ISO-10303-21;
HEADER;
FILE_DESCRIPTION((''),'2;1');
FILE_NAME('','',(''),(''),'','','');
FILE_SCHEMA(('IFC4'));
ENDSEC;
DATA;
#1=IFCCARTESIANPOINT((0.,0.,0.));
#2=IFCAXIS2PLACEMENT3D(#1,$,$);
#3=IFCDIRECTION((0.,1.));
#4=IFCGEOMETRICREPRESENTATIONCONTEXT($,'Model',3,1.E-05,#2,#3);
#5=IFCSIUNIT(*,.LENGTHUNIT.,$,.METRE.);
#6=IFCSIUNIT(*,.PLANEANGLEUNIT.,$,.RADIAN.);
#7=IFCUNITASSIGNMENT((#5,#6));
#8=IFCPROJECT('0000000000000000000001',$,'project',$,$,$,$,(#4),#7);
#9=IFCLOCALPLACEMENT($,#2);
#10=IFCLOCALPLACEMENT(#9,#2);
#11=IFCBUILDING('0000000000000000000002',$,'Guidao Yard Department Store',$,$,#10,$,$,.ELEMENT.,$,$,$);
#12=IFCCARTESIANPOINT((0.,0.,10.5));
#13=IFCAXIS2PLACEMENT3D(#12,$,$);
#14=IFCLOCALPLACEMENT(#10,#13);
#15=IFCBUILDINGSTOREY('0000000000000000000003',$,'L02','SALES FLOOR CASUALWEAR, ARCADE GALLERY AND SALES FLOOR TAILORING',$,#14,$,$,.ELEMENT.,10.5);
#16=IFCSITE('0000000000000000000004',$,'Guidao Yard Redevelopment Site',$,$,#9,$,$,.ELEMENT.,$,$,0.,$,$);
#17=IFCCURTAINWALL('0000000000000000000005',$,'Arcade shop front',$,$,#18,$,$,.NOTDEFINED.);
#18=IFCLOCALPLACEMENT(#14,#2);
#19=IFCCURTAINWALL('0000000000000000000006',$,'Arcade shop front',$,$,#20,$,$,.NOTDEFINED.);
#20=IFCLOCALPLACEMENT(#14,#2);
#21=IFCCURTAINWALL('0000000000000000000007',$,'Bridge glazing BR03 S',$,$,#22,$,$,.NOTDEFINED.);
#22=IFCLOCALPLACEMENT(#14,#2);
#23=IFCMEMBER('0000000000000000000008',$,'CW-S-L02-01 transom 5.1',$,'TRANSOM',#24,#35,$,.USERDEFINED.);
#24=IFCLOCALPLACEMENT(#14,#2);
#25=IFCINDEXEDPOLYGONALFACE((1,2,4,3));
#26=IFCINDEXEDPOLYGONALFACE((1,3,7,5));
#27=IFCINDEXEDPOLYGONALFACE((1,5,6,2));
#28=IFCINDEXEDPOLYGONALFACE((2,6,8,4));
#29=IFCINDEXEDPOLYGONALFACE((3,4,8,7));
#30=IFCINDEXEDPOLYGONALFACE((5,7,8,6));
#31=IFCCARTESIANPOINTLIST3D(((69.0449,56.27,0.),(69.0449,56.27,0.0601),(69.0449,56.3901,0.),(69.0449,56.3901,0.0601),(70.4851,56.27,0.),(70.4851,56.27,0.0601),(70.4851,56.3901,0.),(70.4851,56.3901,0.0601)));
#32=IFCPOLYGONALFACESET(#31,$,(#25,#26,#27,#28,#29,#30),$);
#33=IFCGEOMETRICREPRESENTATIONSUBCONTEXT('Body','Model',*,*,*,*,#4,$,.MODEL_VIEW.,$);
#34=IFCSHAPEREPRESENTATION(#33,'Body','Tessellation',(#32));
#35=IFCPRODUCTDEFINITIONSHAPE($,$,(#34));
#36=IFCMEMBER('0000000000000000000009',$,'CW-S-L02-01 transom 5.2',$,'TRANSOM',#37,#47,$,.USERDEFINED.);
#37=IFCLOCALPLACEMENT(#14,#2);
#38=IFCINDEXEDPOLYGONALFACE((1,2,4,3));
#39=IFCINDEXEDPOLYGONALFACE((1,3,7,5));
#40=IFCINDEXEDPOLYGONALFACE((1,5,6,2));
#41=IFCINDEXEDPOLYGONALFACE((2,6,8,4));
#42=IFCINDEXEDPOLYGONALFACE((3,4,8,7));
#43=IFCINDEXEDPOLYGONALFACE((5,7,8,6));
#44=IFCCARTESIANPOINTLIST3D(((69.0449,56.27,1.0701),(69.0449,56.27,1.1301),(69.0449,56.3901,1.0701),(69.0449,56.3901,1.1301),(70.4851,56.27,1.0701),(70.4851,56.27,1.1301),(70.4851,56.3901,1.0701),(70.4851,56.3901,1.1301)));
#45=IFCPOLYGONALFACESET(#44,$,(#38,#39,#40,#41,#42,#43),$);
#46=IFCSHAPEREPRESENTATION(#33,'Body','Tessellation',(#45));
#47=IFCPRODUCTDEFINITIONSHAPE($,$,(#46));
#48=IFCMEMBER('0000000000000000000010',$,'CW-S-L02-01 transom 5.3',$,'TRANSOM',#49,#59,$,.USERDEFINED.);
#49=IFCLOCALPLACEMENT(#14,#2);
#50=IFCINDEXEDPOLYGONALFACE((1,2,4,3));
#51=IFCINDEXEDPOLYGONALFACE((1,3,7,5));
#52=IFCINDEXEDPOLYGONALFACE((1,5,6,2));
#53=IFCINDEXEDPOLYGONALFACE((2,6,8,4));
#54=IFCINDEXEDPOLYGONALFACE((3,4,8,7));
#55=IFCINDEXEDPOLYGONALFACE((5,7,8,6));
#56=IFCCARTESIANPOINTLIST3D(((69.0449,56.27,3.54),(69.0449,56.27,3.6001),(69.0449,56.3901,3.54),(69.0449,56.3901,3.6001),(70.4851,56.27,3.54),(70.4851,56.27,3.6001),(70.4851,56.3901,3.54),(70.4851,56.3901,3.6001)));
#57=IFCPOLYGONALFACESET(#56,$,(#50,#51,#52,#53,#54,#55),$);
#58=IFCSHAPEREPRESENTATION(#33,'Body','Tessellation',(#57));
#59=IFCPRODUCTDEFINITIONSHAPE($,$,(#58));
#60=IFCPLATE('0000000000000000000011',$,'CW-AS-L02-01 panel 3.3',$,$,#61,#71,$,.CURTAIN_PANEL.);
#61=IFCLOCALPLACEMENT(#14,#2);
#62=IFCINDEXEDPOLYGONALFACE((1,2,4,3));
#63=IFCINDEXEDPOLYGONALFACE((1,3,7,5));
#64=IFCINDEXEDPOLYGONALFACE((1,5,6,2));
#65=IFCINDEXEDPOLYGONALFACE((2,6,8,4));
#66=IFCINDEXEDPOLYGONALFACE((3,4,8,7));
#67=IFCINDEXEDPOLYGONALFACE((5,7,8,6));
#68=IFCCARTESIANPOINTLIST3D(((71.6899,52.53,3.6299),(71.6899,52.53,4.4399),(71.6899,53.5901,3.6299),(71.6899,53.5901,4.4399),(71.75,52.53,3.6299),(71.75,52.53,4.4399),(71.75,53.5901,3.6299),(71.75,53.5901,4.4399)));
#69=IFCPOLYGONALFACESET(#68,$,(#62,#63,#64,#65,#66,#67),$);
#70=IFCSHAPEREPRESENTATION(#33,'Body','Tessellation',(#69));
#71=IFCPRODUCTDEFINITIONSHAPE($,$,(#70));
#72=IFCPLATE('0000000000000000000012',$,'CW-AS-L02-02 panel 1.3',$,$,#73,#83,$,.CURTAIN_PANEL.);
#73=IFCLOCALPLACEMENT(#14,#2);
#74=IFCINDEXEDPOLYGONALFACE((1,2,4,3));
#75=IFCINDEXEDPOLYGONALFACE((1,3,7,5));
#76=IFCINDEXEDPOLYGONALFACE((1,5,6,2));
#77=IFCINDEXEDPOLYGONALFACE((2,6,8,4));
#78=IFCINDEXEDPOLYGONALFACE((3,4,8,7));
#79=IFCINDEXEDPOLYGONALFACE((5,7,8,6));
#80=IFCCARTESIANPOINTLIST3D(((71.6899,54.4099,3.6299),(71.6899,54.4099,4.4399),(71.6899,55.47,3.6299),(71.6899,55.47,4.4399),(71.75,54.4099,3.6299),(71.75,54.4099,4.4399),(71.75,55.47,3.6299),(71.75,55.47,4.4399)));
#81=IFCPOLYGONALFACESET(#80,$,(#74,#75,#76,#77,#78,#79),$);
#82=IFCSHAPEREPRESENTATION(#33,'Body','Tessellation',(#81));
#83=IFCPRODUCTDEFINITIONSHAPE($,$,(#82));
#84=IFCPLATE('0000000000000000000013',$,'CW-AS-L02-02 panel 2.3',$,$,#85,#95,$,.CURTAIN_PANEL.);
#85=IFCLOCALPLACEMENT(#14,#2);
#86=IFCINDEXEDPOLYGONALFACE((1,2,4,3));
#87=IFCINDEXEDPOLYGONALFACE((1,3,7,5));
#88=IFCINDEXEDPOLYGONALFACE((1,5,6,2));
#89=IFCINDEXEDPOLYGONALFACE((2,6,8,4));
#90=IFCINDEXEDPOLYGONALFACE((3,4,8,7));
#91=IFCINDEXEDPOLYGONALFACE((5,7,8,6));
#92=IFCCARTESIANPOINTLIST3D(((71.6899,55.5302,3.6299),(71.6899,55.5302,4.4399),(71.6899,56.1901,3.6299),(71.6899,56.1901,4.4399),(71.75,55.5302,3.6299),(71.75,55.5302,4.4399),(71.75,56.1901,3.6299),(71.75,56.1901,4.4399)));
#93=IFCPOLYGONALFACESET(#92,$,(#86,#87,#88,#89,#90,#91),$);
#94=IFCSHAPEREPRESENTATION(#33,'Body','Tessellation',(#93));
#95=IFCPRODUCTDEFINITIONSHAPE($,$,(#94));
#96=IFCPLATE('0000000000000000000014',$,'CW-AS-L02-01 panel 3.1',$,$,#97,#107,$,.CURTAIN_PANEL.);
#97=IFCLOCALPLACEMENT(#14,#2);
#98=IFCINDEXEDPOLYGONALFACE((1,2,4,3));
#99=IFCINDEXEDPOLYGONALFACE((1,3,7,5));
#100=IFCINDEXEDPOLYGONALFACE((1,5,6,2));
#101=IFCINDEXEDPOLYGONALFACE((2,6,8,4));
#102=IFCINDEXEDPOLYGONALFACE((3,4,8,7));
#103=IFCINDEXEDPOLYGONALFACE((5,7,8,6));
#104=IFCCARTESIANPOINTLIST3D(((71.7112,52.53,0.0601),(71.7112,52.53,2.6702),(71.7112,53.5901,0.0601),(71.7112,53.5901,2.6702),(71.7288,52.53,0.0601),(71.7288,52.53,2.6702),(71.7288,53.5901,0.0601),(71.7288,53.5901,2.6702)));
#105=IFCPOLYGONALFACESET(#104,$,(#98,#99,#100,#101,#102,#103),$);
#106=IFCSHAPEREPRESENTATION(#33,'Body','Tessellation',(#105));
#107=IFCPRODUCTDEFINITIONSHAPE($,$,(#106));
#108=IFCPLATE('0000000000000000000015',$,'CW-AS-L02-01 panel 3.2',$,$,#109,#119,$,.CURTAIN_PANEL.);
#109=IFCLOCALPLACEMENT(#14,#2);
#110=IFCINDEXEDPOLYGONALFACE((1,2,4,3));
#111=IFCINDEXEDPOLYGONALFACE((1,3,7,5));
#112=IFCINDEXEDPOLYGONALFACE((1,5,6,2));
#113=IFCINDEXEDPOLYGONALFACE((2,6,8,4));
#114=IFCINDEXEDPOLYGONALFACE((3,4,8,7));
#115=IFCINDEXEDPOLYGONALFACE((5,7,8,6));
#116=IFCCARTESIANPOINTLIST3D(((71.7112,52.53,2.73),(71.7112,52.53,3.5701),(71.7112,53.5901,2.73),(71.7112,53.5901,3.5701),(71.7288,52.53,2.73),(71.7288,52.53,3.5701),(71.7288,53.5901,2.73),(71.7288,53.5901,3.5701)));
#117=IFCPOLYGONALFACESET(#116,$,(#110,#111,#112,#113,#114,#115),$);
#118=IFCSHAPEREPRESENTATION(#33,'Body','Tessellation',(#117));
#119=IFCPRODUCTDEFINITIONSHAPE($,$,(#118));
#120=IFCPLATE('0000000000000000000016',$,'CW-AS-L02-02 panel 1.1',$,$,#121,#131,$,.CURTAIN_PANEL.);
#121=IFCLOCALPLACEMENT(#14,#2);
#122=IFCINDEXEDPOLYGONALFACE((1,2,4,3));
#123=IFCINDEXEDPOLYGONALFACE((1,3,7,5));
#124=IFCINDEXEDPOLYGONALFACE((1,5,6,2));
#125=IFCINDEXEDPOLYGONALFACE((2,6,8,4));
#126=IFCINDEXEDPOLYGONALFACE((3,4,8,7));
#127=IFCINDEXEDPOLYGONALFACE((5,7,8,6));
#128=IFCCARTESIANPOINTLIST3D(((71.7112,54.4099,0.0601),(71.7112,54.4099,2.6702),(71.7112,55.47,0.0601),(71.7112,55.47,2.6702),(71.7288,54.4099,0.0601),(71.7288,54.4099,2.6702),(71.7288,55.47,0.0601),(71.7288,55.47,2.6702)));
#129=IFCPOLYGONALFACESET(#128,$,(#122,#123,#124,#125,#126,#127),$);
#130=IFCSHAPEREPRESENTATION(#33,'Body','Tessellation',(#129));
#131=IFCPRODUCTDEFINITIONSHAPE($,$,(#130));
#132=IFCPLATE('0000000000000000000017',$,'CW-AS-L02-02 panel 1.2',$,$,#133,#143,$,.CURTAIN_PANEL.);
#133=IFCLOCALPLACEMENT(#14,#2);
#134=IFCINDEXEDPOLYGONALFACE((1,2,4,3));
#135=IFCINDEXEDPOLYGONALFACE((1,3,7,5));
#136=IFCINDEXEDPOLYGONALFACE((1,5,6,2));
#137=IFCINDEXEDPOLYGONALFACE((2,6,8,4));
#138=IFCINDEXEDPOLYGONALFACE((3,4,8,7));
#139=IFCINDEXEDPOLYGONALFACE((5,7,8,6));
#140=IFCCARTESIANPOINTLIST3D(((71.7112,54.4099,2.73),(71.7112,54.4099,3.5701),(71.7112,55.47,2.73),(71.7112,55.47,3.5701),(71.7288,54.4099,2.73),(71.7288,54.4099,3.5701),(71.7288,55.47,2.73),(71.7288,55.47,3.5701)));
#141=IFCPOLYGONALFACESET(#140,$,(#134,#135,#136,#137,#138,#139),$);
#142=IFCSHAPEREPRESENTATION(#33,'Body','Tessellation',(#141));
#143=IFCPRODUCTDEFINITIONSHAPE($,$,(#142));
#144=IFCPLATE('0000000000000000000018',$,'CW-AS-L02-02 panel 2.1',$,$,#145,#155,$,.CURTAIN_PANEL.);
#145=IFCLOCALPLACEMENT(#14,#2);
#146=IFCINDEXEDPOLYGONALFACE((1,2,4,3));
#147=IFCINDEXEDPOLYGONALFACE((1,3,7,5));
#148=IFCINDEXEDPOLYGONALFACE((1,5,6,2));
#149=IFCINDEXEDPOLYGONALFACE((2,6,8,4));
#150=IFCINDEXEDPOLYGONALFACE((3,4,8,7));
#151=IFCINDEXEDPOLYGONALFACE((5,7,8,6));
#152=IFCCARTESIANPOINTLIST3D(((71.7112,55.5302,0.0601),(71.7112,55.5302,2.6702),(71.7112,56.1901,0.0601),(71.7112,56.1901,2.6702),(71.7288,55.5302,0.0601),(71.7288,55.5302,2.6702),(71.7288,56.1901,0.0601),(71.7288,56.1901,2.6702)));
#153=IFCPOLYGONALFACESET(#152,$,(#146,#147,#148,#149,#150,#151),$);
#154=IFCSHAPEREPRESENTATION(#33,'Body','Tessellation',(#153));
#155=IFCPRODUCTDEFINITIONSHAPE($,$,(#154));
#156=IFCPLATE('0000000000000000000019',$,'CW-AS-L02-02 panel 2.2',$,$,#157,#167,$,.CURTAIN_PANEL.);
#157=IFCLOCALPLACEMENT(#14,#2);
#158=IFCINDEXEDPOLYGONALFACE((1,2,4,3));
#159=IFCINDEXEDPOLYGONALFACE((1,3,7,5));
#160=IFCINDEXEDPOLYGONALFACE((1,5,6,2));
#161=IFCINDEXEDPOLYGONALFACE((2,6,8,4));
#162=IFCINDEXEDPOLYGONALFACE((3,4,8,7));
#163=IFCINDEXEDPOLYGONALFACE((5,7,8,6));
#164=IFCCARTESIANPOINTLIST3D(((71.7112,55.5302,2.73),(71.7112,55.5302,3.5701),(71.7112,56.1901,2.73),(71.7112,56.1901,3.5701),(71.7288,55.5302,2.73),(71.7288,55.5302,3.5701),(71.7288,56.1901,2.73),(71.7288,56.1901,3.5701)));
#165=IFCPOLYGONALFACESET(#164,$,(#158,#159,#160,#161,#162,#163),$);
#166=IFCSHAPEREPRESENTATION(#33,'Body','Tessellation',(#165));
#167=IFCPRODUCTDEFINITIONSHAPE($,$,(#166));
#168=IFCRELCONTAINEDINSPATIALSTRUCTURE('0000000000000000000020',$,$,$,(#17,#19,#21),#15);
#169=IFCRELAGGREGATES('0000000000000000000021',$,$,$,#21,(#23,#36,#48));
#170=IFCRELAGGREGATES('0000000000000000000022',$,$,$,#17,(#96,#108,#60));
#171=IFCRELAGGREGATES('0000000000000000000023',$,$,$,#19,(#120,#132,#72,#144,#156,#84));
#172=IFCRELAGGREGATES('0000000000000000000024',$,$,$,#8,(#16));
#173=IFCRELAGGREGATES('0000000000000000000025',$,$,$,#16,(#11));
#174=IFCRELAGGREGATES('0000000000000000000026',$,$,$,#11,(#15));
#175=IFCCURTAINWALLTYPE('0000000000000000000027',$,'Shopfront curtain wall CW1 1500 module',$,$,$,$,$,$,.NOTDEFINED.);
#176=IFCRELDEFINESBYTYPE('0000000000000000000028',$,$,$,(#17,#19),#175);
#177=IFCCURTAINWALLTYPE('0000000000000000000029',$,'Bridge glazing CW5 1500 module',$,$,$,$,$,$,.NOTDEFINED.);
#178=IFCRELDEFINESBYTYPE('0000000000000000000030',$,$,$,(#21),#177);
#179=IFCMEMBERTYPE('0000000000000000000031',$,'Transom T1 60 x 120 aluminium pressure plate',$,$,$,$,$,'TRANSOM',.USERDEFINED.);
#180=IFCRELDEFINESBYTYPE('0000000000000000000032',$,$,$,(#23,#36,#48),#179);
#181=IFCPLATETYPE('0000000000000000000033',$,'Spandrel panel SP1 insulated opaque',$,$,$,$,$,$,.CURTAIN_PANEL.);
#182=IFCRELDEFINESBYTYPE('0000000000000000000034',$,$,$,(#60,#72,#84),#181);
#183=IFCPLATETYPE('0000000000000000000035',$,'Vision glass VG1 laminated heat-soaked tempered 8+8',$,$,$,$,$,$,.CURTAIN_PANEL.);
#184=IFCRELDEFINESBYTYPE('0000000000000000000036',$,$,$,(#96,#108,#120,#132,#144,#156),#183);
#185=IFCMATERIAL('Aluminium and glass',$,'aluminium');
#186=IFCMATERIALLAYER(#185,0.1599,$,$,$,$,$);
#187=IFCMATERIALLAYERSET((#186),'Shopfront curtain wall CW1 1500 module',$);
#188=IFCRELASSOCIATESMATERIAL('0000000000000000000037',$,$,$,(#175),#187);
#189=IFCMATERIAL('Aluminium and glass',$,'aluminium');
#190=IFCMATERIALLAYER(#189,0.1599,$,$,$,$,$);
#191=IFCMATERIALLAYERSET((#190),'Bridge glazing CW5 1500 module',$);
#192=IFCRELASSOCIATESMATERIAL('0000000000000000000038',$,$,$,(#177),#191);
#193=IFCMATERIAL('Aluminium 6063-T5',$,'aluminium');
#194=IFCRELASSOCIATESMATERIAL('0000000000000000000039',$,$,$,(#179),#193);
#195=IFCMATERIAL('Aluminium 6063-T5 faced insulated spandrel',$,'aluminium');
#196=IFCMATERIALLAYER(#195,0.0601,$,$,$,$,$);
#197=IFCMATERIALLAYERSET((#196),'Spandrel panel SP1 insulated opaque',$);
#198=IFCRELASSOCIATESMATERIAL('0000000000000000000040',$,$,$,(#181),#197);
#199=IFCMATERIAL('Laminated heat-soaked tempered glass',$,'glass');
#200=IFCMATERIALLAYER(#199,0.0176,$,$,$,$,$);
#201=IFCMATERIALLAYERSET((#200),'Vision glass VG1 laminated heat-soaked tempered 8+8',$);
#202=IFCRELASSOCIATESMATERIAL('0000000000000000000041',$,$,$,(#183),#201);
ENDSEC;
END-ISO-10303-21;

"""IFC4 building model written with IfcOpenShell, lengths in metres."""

from ifc_helpers import new_model, si_unit, direction, frame, origin, origin_2d, place, context, subcontext, project, spatial, rectangle, extrude, material, layer, layer_set, material_profile, profile_set, type_object, element, aggregate, save


model = new_model("IFC4")

# Units and contexts
model_context = context("Model", 3, precision=1e-05, world=origin(), true_north=direction((0.0, 1.0)))
body_context = subcontext(model_context, "Body", "Model", "MODEL_VIEW")
ifc_project = project(units=[si_unit("LENGTHUNIT", "METRE"), si_unit("PLANEANGLEUNIT", "RADIAN")], contexts=[model_context])

# Site, building, storey
site_placement = place(None, origin())
site = spatial("IfcSite", under=ifc_project, at=site_placement, Name="Guidao Yard Redevelopment Site", CompositionType="ELEMENT", RefElevation=0.0)
building_placement = place(site_placement, origin())
building = spatial("IfcBuilding", under=site, at=building_placement, Name="Guidao Yard Department Store", CompositionType="ELEMENT")
storey_placement = place(building_placement, frame((0.0, 0.0, 10.5)))
storey = spatial("IfcBuildingStorey", under=building, at=storey_placement, Name="L02", Description="SALES FLOOR CASUALWEAR, ARCADE GALLERY AND SALES FLOOR TAILORING", CompositionType="ELEMENT", Elevation=10.5)

# Curtain wall
ifc_material_1 = material(Name="Aluminium and glass", Category="aluminium")
ifc_layer_1 = layer(ifc_material_1, 0.1599)
ifc_layer_set_1 = layer_set([ifc_layer_1], Name="Shopfront curtain wall CW1 1500 module")
curtain_wall_type_1 = type_object("IfcCurtainWallType", Name="Shopfront curtain wall CW1 1500 module", PredefinedType="NOTDEFINED", material=ifc_layer_set_1)
curtain_wall_1_placement = place(storey_placement, origin())
curtain_wall_1 = element("IfcCurtainWall", 1, at=curtain_wall_1_placement, inside=storey, type_object=curtain_wall_type_1, Name="Arcade shop front", PredefinedType="NOTDEFINED")

# Curtain wall
curtain_wall_2_placement = place(storey_placement, origin())
curtain_wall_2 = element("IfcCurtainWall", 2, at=curtain_wall_2_placement, inside=storey, type_object=curtain_wall_type_1, Name="Arcade shop front", PredefinedType="NOTDEFINED")

# Shared definitions
ifc_material_2 = material(Name="Aluminium and glass", Category="aluminium")
ifc_layer_2 = layer(ifc_material_2, 0.1599)
ifc_layer_set_2 = layer_set([ifc_layer_2], Name="Bridge glazing CW5 1500 module")
curtain_wall_type_2 = type_object("IfcCurtainWallType", Name="Bridge glazing CW5 1500 module", PredefinedType="NOTDEFINED", material=ifc_layer_set_2)

# Shared definitions
ifc_material_3 = material(Name="Aluminium 6063-T5", Category="aluminium")
ifc_material_profile_1 = material_profile(ifc_material_3, rectangle(XDim=0.1201, YDim=0.0601, at=origin_2d()), Name="Transom T1 60 x 120 aluminium pressure plate")
ifc_profile_set_1 = profile_set([ifc_material_profile_1], Name="Aluminium 6063-T5")
member_type_1 = type_object("IfcMemberType", Name="Transom T1 60 x 120 aluminium pressure plate", ElementType="TRANSOM", PredefinedType="USERDEFINED", material=ifc_profile_set_1)

# Curtain wall, members
curtain_wall_3_placement = place(storey_placement, origin())
curtain_wall_3 = element("IfcCurtainWall", 3, at=curtain_wall_3_placement, inside=storey, type_object=curtain_wall_type_2, Name="Bridge glazing BR03 S", PredefinedType="NOTDEFINED")
member_1_placement = place(storey_placement, frame((70.4851, 56.3301, 0.03), z_axis=(-1.0, 0.0, 0.0), x_axis=(0.0, -1.0, 0.0)))
member_1 = element("IfcMember", 4, at=member_1_placement, type_object=member_type_1, Name="CW-S-L02-01 transom 5.1", ObjectType="TRANSOM", PredefinedType="USERDEFINED", context=body_context, shape_type="SweptSolid", body=[
    extrude(rectangle(XDim=0.1201, YDim=0.0601, at=origin_2d()), origin(), (0.0, 0.0, 1.0), 1.4402),
])
member_2_placement = place(storey_placement, frame((70.4851, 56.3301, 1.1001), z_axis=(-1.0, 0.0, 0.0), x_axis=(0.0, -1.0, 0.0)))
member_2 = element("IfcMember", 5, at=member_2_placement, type_object=member_type_1, Name="CW-S-L02-01 transom 5.2", ObjectType="TRANSOM", PredefinedType="USERDEFINED", context=body_context, shape_type="SweptSolid", body=[
    extrude(rectangle(XDim=0.1201, YDim=0.0601, at=origin_2d()), origin(), (0.0, 0.0, 1.0), 1.4402),
])
member_3_placement = place(storey_placement, frame((70.4851, 56.3301, 3.5701), z_axis=(-1.0, 0.0, 0.0), x_axis=(0.0, -1.0, 0.0)))
member_3 = element("IfcMember", 6, at=member_3_placement, type_object=member_type_1, Name="CW-S-L02-01 transom 5.3", ObjectType="TRANSOM", PredefinedType="USERDEFINED", context=body_context, shape_type="SweptSolid", body=[
    extrude(rectangle(XDim=0.1201, YDim=0.0601, at=origin_2d()), origin(), (0.0, 0.0, 1.0), 1.4402),
])
aggregate(curtain_wall_3, [member_1, member_2, member_3])

# Plates
ifc_material_4 = material(Name="Aluminium 6063-T5 faced insulated spandrel", Category="aluminium")
ifc_layer_3 = layer(ifc_material_4, 0.0601)
ifc_layer_set_3 = layer_set([ifc_layer_3], Name="Spandrel panel SP1 insulated opaque")
plate_type_1 = type_object("IfcPlateType", Name="Spandrel panel SP1 insulated opaque", PredefinedType="CURTAIN_PANEL", material=ifc_layer_set_3)
plate_1_placement = place(storey_placement, frame((71.72, 53.0601, 3.6299), z_axis=(0.0, 0.0, 1.0), x_axis=(0.0, 1.0, 0.0)))
plate_1 = element("IfcPlate", 7, at=plate_1_placement, type_object=plate_type_1, Name="CW-AS-L02-01 panel 3.3", PredefinedType="CURTAIN_PANEL", context=body_context, shape_type="SweptSolid", body=[
    extrude(rectangle(XDim=1.0601, YDim=0.0601, at=origin_2d()), origin(), (0.0, 0.0, 1.0), 0.8101),
])
plate_2_placement = place(storey_placement, frame((71.72, 54.9399, 3.6299), z_axis=(0.0, 0.0, 1.0), x_axis=(0.0, 1.0, 0.0)))
plate_2 = element("IfcPlate", 8, at=plate_2_placement, type_object=plate_type_1, Name="CW-AS-L02-02 panel 1.3", PredefinedType="CURTAIN_PANEL", context=body_context, shape_type="SweptSolid", body=[
    extrude(rectangle(XDim=1.0601, YDim=0.0601, at=origin_2d()), origin(), (0.0, 0.0, 1.0), 0.8101),
])
plate_3_placement = place(storey_placement, frame((71.72, 55.8601, 3.6299), z_axis=(0.0, 0.0, 1.0), x_axis=(0.0, 1.0, 0.0)))
plate_3 = element("IfcPlate", 9, at=plate_3_placement, type_object=plate_type_1, Name="CW-AS-L02-02 panel 2.3", PredefinedType="CURTAIN_PANEL", context=body_context, shape_type="SweptSolid", body=[
    extrude(rectangle(XDim=0.6599, YDim=0.0601, at=origin_2d()), origin(), (0.0, 0.0, 1.0), 0.8101),
])
ifc_material_5 = material(Name="Laminated heat-soaked tempered glass", Category="glass")
ifc_layer_4 = layer(ifc_material_5, 0.0176)
ifc_layer_set_4 = layer_set([ifc_layer_4], Name="Vision glass VG1 laminated heat-soaked tempered 8+8")
plate_type_2 = type_object("IfcPlateType", Name="Vision glass VG1 laminated heat-soaked tempered 8+8", PredefinedType="CURTAIN_PANEL", material=ifc_layer_set_4)
plate_4_placement = place(storey_placement, frame((71.72, 53.0601, 0.0601), z_axis=(0.0, 0.0, 1.0), x_axis=(0.0, 1.0, 0.0)))
plate_4 = element("IfcPlate", 10, at=plate_4_placement, type_object=plate_type_2, Name="CW-AS-L02-01 panel 3.1", PredefinedType="CURTAIN_PANEL", context=body_context, shape_type="SweptSolid", body=[
    extrude(rectangle(XDim=1.0601, YDim=0.0176, at=origin_2d()), origin(), (0.0, 0.0, 1.0), 2.6101),
])
plate_5_placement = place(storey_placement, frame((71.72, 53.0601, 2.73), z_axis=(0.0, 0.0, 1.0), x_axis=(0.0, 1.0, 0.0)))
plate_5 = element("IfcPlate", 11, at=plate_5_placement, type_object=plate_type_2, Name="CW-AS-L02-01 panel 3.2", PredefinedType="CURTAIN_PANEL", context=body_context, shape_type="SweptSolid", body=[
    extrude(rectangle(XDim=1.0601, YDim=0.0176, at=origin_2d()), origin(), (0.0, 0.0, 1.0), 0.8401),
])
aggregate(curtain_wall_1, [plate_4, plate_5, plate_1])
plate_6_placement = place(storey_placement, frame((71.72, 54.9399, 0.0601), z_axis=(0.0, 0.0, 1.0), x_axis=(0.0, 1.0, 0.0)))
plate_6 = element("IfcPlate", 12, at=plate_6_placement, type_object=plate_type_2, Name="CW-AS-L02-02 panel 1.1", PredefinedType="CURTAIN_PANEL", context=body_context, shape_type="SweptSolid", body=[
    extrude(rectangle(XDim=1.0601, YDim=0.0176, at=origin_2d()), origin(), (0.0, 0.0, 1.0), 2.6101),
])
plate_7_placement = place(storey_placement, frame((71.72, 54.9399, 2.73), z_axis=(0.0, 0.0, 1.0), x_axis=(0.0, 1.0, 0.0)))
plate_7 = element("IfcPlate", 13, at=plate_7_placement, type_object=plate_type_2, Name="CW-AS-L02-02 panel 1.2", PredefinedType="CURTAIN_PANEL", context=body_context, shape_type="SweptSolid", body=[
    extrude(rectangle(XDim=1.0601, YDim=0.0176, at=origin_2d()), origin(), (0.0, 0.0, 1.0), 0.8401),
])
plate_8_placement = place(storey_placement, frame((71.72, 55.8601, 0.0601), z_axis=(0.0, 0.0, 1.0), x_axis=(0.0, 1.0, 0.0)))
plate_8 = element("IfcPlate", 14, at=plate_8_placement, type_object=plate_type_2, Name="CW-AS-L02-02 panel 2.1", PredefinedType="CURTAIN_PANEL", context=body_context, shape_type="SweptSolid", body=[
    extrude(rectangle(XDim=0.6599, YDim=0.0176, at=origin_2d()), origin(), (0.0, 0.0, 1.0), 2.6101),
])
plate_9_placement = place(storey_placement, frame((71.72, 55.8601, 2.73), z_axis=(0.0, 0.0, 1.0), x_axis=(0.0, 1.0, 0.0)))
plate_9 = element("IfcPlate", 15, at=plate_9_placement, type_object=plate_type_2, Name="CW-AS-L02-02 panel 2.2", PredefinedType="CURTAIN_PANEL", context=body_context, shape_type="SweptSolid", body=[
    extrude(rectangle(XDim=0.6599, YDim=0.0176, at=origin_2d()), origin(), (0.0, 0.0, 1.0), 0.8401),
])
aggregate(curtain_wall_2, [plate_6, plate_7, plate_2, plate_8, plate_9, plate_3])

save(model, "model.ifc")
